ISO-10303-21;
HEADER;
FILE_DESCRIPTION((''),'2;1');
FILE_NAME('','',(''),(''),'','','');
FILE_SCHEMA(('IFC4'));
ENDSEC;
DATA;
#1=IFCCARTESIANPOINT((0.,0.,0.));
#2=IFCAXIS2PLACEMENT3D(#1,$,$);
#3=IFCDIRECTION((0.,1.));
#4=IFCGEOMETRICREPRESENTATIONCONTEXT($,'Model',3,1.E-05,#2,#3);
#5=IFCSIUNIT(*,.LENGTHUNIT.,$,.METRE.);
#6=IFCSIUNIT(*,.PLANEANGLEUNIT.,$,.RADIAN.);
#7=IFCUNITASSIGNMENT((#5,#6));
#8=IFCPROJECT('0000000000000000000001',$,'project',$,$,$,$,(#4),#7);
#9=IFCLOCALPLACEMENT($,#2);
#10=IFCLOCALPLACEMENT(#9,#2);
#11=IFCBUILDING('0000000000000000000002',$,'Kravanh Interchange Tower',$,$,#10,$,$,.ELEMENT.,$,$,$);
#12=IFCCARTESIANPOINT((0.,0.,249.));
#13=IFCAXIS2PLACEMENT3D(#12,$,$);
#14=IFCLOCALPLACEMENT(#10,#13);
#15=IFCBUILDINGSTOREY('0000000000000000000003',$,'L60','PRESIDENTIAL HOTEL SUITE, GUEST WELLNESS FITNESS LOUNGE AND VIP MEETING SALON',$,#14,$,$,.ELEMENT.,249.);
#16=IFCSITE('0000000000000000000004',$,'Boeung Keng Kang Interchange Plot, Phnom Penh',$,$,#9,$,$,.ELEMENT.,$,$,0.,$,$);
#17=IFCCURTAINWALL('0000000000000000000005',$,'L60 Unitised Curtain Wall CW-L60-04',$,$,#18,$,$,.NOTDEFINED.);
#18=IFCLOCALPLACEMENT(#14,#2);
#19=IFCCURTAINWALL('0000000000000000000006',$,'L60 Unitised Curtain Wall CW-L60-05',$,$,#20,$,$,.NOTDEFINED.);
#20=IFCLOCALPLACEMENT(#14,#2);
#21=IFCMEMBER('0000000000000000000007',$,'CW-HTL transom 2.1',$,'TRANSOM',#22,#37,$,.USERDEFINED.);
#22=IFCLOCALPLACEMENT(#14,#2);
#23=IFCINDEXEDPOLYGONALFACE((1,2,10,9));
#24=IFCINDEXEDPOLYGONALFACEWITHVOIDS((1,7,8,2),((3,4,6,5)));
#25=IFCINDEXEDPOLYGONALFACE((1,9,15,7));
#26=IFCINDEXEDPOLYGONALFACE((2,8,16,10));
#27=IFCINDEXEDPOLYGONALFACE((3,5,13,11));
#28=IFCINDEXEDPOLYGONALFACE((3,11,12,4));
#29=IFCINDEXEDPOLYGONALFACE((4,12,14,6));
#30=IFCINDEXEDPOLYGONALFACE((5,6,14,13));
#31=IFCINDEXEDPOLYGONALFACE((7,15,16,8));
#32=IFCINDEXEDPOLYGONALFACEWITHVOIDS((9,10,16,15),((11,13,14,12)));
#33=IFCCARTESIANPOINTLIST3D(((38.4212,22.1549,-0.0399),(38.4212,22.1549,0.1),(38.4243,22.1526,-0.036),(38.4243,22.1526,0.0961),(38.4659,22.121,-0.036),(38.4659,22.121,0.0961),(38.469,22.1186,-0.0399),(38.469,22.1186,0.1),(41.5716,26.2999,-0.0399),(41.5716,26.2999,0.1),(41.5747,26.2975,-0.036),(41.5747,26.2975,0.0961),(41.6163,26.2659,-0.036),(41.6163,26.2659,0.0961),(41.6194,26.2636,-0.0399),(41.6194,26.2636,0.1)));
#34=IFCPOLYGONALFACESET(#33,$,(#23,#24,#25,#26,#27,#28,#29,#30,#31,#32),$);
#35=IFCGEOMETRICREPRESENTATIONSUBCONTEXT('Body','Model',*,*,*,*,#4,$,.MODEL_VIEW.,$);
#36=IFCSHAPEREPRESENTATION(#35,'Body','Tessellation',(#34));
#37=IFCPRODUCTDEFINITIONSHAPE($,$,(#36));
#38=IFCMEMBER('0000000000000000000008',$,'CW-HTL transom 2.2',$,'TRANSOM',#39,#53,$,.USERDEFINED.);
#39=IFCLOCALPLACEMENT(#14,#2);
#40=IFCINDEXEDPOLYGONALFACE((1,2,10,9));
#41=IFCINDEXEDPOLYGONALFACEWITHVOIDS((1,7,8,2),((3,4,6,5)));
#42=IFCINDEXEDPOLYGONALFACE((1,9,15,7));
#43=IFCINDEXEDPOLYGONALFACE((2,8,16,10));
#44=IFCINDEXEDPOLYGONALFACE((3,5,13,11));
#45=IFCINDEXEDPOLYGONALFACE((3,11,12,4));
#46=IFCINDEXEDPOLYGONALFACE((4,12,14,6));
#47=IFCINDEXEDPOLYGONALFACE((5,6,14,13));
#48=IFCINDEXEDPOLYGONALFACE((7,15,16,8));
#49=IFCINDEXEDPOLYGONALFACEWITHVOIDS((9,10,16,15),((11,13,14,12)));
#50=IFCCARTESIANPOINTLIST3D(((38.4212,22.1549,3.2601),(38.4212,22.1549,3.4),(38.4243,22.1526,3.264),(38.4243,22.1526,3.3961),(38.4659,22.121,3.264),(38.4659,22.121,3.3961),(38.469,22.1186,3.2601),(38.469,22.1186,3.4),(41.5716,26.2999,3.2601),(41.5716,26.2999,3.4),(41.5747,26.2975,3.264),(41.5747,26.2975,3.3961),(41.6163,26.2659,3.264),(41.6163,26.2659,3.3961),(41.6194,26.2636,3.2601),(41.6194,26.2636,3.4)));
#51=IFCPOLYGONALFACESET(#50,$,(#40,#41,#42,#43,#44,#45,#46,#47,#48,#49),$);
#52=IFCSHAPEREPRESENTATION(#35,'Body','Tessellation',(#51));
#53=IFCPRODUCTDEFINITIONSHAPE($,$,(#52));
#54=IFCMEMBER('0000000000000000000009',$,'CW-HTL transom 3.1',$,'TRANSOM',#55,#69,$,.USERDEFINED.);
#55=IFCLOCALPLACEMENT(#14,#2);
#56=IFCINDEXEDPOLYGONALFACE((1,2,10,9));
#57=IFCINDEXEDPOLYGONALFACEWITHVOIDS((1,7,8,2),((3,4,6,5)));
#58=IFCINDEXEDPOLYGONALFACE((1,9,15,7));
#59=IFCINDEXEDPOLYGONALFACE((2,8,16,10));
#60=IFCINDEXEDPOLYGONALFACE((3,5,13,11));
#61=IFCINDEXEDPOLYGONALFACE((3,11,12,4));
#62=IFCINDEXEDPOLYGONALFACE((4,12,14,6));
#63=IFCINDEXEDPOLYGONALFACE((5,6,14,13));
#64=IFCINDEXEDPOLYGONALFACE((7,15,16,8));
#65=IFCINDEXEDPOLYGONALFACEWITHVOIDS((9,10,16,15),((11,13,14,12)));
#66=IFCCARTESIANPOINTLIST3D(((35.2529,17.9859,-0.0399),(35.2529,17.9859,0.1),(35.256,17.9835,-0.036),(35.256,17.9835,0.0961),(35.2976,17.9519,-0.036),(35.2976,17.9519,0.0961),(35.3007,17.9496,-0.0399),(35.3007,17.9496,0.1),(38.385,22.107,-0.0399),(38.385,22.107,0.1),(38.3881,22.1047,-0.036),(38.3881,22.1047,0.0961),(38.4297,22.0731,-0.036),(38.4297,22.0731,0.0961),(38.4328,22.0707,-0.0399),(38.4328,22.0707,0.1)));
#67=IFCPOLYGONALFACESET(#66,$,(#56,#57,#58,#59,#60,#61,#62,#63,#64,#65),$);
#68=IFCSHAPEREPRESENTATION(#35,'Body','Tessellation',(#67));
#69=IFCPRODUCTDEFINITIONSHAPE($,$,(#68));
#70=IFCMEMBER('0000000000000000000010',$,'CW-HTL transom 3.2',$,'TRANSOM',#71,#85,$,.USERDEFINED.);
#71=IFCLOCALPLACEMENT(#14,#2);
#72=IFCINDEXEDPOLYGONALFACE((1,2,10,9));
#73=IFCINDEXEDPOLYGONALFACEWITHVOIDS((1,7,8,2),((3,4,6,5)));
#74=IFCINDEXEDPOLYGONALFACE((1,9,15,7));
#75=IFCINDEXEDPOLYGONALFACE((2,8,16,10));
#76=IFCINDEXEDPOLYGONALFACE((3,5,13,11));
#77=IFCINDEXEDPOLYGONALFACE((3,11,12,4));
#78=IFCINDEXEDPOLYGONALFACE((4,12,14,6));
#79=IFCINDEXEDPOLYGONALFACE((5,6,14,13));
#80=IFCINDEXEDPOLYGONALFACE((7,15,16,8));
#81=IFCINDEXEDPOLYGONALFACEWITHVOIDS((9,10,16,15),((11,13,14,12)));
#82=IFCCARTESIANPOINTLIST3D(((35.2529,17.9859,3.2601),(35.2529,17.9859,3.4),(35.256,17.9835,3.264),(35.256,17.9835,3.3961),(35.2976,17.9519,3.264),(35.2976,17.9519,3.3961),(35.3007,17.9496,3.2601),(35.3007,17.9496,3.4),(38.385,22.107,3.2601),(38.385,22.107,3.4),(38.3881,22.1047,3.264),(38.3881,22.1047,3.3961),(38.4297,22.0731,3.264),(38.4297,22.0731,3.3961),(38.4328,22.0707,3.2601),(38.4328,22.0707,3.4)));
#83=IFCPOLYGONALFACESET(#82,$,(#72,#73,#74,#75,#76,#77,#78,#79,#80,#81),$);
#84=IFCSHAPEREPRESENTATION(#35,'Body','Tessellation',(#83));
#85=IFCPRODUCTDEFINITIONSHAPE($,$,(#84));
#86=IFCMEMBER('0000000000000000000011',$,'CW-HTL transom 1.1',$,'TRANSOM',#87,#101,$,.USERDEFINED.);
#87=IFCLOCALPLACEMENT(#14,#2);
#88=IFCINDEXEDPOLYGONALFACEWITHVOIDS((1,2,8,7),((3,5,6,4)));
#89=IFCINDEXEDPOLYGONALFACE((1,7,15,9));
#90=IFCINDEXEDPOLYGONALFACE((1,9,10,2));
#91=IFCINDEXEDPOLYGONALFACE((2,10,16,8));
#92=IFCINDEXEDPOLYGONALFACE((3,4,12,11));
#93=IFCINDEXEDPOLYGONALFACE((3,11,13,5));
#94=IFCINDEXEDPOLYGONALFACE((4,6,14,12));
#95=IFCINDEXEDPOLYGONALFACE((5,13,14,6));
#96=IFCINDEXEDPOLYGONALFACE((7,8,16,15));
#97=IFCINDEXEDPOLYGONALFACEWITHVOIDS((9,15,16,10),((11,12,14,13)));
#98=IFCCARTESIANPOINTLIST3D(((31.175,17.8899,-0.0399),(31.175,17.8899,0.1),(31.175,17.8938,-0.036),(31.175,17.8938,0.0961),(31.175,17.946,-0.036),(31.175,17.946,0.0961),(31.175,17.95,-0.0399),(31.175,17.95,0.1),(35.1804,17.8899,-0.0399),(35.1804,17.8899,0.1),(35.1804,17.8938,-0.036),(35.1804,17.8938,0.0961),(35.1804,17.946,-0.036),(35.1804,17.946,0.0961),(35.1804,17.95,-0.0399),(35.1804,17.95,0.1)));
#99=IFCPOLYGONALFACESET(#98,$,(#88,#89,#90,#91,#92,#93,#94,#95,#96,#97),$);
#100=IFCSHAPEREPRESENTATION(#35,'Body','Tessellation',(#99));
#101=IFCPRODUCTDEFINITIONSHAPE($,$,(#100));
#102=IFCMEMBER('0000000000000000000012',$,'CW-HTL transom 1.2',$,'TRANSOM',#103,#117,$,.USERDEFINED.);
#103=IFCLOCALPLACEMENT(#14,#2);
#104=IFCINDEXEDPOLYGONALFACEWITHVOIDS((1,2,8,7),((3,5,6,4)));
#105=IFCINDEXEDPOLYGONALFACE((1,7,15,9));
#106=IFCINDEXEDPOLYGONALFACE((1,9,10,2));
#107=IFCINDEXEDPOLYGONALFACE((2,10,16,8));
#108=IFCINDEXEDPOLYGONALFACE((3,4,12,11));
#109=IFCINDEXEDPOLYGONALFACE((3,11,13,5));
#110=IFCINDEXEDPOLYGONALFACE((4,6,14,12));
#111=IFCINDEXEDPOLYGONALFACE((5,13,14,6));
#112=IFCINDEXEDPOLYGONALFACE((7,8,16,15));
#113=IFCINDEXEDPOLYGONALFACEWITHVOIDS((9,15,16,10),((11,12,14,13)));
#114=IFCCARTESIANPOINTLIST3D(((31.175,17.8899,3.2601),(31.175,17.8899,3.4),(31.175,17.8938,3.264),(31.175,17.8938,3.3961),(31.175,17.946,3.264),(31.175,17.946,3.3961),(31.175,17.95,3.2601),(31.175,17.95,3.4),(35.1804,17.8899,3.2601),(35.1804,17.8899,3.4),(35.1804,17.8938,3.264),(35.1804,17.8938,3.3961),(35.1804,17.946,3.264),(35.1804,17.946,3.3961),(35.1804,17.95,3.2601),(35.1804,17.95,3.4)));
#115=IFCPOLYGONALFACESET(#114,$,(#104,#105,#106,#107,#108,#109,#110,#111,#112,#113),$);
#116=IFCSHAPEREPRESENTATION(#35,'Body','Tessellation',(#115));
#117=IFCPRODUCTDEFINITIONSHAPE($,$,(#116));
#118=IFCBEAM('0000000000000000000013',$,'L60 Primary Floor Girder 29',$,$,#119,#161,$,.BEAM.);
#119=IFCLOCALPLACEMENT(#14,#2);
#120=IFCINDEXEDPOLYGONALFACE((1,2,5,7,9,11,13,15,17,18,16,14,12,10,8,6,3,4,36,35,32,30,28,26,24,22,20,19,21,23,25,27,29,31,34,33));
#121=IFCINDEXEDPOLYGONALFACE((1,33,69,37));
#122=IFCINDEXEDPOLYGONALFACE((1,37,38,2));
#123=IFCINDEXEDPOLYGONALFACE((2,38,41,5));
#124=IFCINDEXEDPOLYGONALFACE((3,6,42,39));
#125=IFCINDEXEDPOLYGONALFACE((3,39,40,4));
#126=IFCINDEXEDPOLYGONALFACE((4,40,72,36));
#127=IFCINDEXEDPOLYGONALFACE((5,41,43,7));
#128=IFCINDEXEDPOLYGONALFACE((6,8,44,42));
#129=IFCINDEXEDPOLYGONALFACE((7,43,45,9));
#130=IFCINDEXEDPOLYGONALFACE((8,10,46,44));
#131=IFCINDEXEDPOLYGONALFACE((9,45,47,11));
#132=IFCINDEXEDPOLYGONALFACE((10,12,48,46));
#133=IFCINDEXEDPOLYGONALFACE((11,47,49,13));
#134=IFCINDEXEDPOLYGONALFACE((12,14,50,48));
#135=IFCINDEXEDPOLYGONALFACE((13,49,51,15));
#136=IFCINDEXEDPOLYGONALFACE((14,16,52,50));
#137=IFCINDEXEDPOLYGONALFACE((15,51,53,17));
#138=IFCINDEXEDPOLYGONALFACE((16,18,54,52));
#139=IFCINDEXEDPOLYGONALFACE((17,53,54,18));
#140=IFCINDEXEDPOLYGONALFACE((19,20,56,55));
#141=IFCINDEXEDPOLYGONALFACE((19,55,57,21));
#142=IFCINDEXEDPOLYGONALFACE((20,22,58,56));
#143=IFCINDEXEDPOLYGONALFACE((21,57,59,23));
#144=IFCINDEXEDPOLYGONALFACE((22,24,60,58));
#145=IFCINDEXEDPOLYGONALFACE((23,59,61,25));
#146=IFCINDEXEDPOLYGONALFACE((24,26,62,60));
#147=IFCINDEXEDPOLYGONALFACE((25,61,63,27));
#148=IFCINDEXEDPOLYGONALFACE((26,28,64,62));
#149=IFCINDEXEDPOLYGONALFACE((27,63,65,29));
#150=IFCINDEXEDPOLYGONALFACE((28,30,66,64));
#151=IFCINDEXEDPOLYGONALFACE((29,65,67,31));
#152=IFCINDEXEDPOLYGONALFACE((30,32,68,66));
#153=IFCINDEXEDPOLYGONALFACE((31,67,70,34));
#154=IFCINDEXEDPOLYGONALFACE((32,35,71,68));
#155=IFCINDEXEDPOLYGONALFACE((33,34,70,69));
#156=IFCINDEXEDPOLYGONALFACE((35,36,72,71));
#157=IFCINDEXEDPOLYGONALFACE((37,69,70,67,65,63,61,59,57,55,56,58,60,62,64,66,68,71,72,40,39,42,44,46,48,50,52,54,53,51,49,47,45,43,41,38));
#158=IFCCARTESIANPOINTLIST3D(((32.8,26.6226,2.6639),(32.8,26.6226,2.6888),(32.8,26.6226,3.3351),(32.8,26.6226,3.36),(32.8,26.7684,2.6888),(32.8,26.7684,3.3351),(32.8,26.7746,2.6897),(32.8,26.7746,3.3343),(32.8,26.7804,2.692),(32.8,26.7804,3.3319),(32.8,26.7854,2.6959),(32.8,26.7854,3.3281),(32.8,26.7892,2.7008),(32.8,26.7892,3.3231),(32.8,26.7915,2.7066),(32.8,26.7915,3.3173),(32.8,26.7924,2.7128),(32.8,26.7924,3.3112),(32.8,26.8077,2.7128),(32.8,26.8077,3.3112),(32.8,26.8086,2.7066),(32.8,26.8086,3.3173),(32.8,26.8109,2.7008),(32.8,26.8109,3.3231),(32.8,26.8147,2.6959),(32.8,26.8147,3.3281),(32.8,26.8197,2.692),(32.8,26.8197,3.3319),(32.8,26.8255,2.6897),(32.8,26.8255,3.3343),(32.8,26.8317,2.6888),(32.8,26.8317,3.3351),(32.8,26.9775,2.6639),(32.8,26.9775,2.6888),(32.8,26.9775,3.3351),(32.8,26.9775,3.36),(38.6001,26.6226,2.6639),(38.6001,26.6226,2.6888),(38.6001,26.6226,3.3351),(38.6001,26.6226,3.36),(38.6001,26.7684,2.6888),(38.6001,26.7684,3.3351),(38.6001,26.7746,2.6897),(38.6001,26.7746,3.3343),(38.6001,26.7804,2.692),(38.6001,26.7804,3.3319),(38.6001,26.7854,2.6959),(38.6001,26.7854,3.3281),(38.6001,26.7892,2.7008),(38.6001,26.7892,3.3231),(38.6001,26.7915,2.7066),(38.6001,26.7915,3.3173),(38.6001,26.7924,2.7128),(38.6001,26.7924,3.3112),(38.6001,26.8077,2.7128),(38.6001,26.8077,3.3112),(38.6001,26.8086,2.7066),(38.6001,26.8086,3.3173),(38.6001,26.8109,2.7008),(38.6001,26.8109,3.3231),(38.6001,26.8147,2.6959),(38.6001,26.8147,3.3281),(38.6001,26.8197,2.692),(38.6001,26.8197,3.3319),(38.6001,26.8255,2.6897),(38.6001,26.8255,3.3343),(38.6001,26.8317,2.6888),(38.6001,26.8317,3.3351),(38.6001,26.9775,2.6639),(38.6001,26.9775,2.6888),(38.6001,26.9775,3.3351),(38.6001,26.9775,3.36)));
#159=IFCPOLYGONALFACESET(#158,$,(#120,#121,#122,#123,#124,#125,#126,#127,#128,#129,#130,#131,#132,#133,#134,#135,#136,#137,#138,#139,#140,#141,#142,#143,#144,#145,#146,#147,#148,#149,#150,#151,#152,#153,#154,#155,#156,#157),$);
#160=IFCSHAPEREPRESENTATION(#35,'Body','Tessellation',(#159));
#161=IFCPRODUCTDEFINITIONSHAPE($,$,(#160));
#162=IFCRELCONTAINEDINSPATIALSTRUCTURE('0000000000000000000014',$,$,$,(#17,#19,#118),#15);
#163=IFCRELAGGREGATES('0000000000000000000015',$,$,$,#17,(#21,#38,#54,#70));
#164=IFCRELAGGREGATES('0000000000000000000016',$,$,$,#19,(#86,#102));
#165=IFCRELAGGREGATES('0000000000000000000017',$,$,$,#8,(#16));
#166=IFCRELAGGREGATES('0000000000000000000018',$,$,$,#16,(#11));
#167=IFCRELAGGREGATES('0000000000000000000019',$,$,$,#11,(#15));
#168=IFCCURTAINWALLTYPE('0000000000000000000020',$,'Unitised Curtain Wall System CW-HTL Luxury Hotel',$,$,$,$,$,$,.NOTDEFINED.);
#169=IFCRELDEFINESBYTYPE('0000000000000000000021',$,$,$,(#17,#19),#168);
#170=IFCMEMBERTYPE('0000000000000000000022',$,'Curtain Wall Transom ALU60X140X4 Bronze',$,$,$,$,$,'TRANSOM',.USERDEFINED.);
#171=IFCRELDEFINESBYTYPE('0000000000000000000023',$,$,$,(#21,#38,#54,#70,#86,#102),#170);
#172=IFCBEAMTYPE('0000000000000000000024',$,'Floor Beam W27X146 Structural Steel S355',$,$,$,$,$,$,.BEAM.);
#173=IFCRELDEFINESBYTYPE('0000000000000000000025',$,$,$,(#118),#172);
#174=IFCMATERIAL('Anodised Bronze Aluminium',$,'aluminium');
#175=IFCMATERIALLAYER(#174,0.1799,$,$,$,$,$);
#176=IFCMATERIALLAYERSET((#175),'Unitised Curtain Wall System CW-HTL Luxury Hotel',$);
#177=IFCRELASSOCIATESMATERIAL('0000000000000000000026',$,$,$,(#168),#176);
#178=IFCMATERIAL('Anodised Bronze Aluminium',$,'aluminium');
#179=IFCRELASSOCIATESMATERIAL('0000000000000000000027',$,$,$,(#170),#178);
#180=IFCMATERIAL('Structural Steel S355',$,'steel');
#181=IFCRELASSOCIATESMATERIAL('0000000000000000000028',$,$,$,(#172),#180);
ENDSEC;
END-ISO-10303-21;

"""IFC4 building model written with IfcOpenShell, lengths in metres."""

from ifc_helpers import new_model, si_unit, direction, frame, origin, origin_2d, place, context, subcontext, project, spatial, hollow_rectangle, i_section, extrude, material, layer, layer_set, material_profile, profile_set, type_object, element, aggregate, save


model = new_model("IFC4")

# Units and contexts
model_context = context("Model", 3, precision=1e-05, world=origin(), true_north=direction((0.0, 1.0)))
body_context = subcontext(model_context, "Body", "Model", "MODEL_VIEW")
ifc_project = project(units=[si_unit("LENGTHUNIT", "METRE"), si_unit("PLANEANGLEUNIT", "RADIAN")], contexts=[model_context])

# Site, building, storey
site_placement = place(None, origin())
site = spatial("IfcSite", under=ifc_project, at=site_placement, Name="Boeung Keng Kang Interchange Plot, Phnom Penh", CompositionType="ELEMENT", RefElevation=0.0)
building_placement = place(site_placement, origin())
building = spatial("IfcBuilding", under=site, at=building_placement, Name="Kravanh Interchange Tower", CompositionType="ELEMENT")
storey_placement = place(building_placement, frame((0.0, 0.0, 249.0)))
storey = spatial("IfcBuildingStorey", under=building, at=storey_placement, Name="L60", Description="PRESIDENTIAL HOTEL SUITE, GUEST WELLNESS FITNESS LOUNGE AND VIP MEETING SALON", CompositionType="ELEMENT", Elevation=249.0)

# Shared definitions
ifc_material_1 = material(Name="Anodised Bronze Aluminium", Category="aluminium")
ifc_layer_1 = layer(ifc_material_1, 0.1799)
ifc_layer_set_1 = layer_set([ifc_layer_1], Name="Unitised Curtain Wall System CW-HTL Luxury Hotel")
curtain_wall_type = type_object("IfcCurtainWallType", Name="Unitised Curtain Wall System CW-HTL Luxury Hotel", PredefinedType="NOTDEFINED", material=ifc_layer_set_1)

# Curtain walls
curtain_wall_1_placement = place(storey_placement, origin())
curtain_wall_1 = element("IfcCurtainWall", 1, at=curtain_wall_1_placement, inside=storey, type_object=curtain_wall_type, Name="L60 Unitised Curtain Wall CW-L60-04", PredefinedType="NOTDEFINED")
curtain_wall_2_placement = place(storey_placement, origin())
curtain_wall_2 = element("IfcCurtainWall", 2, at=curtain_wall_2_placement, inside=storey, type_object=curtain_wall_type, Name="L60 Unitised Curtain Wall CW-L60-05", PredefinedType="NOTDEFINED")

# Members
ifc_material_2 = material(Name="Anodised Bronze Aluminium", Category="aluminium")
ifc_material_profile_1 = material_profile(ifc_material_2, hollow_rectangle(XDim=0.0601, YDim=0.1399, WallThickness=0.0039, at=origin_2d()), Name="ALU60X140X4")
ifc_profile_set_1 = profile_set([ifc_material_profile_1], Name="Anodised Bronze Aluminium")
member_type_1 = type_object("IfcMemberType", Name="Curtain Wall Transom ALU60X140X4 Bronze", ElementType="TRANSOM", PredefinedType="USERDEFINED", material=ifc_profile_set_1)
member_1_placement = place(storey_placement, frame((41.5955, 26.2817, 0.03), z_axis=(-0.605105, -0.796146, 0.0), x_axis=(0.796146, -0.605105, 0.0)))
member_1 = element("IfcMember", 3, at=member_1_placement, type_object=member_type_1, Name="CW-HTL transom 2.1", ObjectType="TRANSOM", PredefinedType="USERDEFINED", context=body_context, shape_type="SweptSolid", body=[
    extrude(hollow_rectangle(XDim=0.0601, YDim=0.1399, WallThickness=0.0039, at=origin_2d()), origin(), (0.0, 0.0, 1.0), 5.2063),
])
member_2_placement = place(storey_placement, frame((41.5955, 26.2817, 3.3301), z_axis=(-0.605105, -0.796146, 0.0), x_axis=(0.796146, -0.605105, 0.0)))
member_2 = element("IfcMember", 4, at=member_2_placement, type_object=member_type_1, Name="CW-HTL transom 2.2", ObjectType="TRANSOM", PredefinedType="USERDEFINED", context=body_context, shape_type="SweptSolid", body=[
    extrude(hollow_rectangle(XDim=0.0601, YDim=0.1399, WallThickness=0.0039, at=origin_2d()), origin(), (0.0, 0.0, 1.0), 5.2063),
])
member_3_placement = place(storey_placement, frame((38.4089, 22.0889, 0.03), z_axis=(-0.605089, -0.796158, 0.0), x_axis=(0.796158, -0.605089, 0.0)))
member_3 = element("IfcMember", 5, at=member_3_placement, type_object=member_type_1, Name="CW-HTL transom 3.1", ObjectType="TRANSOM", PredefinedType="USERDEFINED", context=body_context, shape_type="SweptSolid", body=[
    extrude(hollow_rectangle(XDim=0.0601, YDim=0.1399, WallThickness=0.0039, at=origin_2d()), origin(), (0.0, 0.0, 1.0), 5.1763),
])
member_4_placement = place(storey_placement, frame((38.4089, 22.0889, 3.3301), z_axis=(-0.605089, -0.796158, 0.0), x_axis=(0.796158, -0.605089, 0.0)))
member_4 = element("IfcMember", 6, at=member_4_placement, type_object=member_type_1, Name="CW-HTL transom 3.2", ObjectType="TRANSOM", PredefinedType="USERDEFINED", context=body_context, shape_type="SweptSolid", body=[
    extrude(hollow_rectangle(XDim=0.0601, YDim=0.1399, WallThickness=0.0039, at=origin_2d()), origin(), (0.0, 0.0, 1.0), 5.1763),
])
member_5_placement = place(storey_placement, frame((35.1804, 17.9199, 0.03), z_axis=(-1.0, 0.0, 0.0), x_axis=(0.0, -1.0, 0.0)))
member_5 = element("IfcMember", 7, at=member_5_placement, type_object=member_type_1, Name="CW-HTL transom 1.1", ObjectType="TRANSOM", PredefinedType="USERDEFINED", context=body_context, shape_type="SweptSolid", body=[
    extrude(hollow_rectangle(XDim=0.0601, YDim=0.1399, WallThickness=0.0039, at=origin_2d()), origin(), (0.0, 0.0, 1.0), 4.0054),
])
member_6_placement = place(storey_placement, frame((35.1804, 17.9199, 3.3301), z_axis=(-1.0, 0.0, 0.0), x_axis=(0.0, -1.0, 0.0)))
member_6 = element("IfcMember", 8, at=member_6_placement, type_object=member_type_1, Name="CW-HTL transom 1.2", ObjectType="TRANSOM", PredefinedType="USERDEFINED", context=body_context, shape_type="SweptSolid", body=[
    extrude(hollow_rectangle(XDim=0.0601, YDim=0.1399, WallThickness=0.0039, at=origin_2d()), origin(), (0.0, 0.0, 1.0), 4.0054),
])

# Beam
ifc_material_3 = material(Name="Structural Steel S355", Category="steel")
ifc_material_profile_2 = material_profile(ifc_material_3, i_section(OverallWidth=0.355, OverallDepth=0.696, WebThickness=0.0154, FlangeThickness=0.0249, FilletRadius=0.0239, at=origin_2d()), Name="W27X146")
ifc_profile_set_2 = profile_set([ifc_material_profile_2], Name="Structural Steel S355")
beam_type_1 = type_object("IfcBeamType", Name="Floor Beam W27X146 Structural Steel S355", PredefinedType="BEAM", material=ifc_profile_set_2)
beam_1_placement = place(storey_placement, frame((38.6001, 26.8, 3.012), z_axis=(-1.0, 0.0, 0.0), x_axis=(0.0, -1.0, 0.0)))
element("IfcBeam", 9, at=beam_1_placement, inside=storey, type_object=beam_type_1, Name="L60 Primary Floor Girder 29", PredefinedType="BEAM", context=body_context, shape_type="SweptSolid", body=[
    extrude(i_section(OverallWidth=0.355, OverallDepth=0.696, WebThickness=0.0154, FlangeThickness=0.0249, FilletRadius=0.0239, at=origin_2d()), origin(), (0.0, 0.0, 1.0), 5.8),
])

aggregate(curtain_wall_1, [member_1, member_2, member_3, member_4])
aggregate(curtain_wall_2, [member_5, member_6])

save(model, "model.ifc")
